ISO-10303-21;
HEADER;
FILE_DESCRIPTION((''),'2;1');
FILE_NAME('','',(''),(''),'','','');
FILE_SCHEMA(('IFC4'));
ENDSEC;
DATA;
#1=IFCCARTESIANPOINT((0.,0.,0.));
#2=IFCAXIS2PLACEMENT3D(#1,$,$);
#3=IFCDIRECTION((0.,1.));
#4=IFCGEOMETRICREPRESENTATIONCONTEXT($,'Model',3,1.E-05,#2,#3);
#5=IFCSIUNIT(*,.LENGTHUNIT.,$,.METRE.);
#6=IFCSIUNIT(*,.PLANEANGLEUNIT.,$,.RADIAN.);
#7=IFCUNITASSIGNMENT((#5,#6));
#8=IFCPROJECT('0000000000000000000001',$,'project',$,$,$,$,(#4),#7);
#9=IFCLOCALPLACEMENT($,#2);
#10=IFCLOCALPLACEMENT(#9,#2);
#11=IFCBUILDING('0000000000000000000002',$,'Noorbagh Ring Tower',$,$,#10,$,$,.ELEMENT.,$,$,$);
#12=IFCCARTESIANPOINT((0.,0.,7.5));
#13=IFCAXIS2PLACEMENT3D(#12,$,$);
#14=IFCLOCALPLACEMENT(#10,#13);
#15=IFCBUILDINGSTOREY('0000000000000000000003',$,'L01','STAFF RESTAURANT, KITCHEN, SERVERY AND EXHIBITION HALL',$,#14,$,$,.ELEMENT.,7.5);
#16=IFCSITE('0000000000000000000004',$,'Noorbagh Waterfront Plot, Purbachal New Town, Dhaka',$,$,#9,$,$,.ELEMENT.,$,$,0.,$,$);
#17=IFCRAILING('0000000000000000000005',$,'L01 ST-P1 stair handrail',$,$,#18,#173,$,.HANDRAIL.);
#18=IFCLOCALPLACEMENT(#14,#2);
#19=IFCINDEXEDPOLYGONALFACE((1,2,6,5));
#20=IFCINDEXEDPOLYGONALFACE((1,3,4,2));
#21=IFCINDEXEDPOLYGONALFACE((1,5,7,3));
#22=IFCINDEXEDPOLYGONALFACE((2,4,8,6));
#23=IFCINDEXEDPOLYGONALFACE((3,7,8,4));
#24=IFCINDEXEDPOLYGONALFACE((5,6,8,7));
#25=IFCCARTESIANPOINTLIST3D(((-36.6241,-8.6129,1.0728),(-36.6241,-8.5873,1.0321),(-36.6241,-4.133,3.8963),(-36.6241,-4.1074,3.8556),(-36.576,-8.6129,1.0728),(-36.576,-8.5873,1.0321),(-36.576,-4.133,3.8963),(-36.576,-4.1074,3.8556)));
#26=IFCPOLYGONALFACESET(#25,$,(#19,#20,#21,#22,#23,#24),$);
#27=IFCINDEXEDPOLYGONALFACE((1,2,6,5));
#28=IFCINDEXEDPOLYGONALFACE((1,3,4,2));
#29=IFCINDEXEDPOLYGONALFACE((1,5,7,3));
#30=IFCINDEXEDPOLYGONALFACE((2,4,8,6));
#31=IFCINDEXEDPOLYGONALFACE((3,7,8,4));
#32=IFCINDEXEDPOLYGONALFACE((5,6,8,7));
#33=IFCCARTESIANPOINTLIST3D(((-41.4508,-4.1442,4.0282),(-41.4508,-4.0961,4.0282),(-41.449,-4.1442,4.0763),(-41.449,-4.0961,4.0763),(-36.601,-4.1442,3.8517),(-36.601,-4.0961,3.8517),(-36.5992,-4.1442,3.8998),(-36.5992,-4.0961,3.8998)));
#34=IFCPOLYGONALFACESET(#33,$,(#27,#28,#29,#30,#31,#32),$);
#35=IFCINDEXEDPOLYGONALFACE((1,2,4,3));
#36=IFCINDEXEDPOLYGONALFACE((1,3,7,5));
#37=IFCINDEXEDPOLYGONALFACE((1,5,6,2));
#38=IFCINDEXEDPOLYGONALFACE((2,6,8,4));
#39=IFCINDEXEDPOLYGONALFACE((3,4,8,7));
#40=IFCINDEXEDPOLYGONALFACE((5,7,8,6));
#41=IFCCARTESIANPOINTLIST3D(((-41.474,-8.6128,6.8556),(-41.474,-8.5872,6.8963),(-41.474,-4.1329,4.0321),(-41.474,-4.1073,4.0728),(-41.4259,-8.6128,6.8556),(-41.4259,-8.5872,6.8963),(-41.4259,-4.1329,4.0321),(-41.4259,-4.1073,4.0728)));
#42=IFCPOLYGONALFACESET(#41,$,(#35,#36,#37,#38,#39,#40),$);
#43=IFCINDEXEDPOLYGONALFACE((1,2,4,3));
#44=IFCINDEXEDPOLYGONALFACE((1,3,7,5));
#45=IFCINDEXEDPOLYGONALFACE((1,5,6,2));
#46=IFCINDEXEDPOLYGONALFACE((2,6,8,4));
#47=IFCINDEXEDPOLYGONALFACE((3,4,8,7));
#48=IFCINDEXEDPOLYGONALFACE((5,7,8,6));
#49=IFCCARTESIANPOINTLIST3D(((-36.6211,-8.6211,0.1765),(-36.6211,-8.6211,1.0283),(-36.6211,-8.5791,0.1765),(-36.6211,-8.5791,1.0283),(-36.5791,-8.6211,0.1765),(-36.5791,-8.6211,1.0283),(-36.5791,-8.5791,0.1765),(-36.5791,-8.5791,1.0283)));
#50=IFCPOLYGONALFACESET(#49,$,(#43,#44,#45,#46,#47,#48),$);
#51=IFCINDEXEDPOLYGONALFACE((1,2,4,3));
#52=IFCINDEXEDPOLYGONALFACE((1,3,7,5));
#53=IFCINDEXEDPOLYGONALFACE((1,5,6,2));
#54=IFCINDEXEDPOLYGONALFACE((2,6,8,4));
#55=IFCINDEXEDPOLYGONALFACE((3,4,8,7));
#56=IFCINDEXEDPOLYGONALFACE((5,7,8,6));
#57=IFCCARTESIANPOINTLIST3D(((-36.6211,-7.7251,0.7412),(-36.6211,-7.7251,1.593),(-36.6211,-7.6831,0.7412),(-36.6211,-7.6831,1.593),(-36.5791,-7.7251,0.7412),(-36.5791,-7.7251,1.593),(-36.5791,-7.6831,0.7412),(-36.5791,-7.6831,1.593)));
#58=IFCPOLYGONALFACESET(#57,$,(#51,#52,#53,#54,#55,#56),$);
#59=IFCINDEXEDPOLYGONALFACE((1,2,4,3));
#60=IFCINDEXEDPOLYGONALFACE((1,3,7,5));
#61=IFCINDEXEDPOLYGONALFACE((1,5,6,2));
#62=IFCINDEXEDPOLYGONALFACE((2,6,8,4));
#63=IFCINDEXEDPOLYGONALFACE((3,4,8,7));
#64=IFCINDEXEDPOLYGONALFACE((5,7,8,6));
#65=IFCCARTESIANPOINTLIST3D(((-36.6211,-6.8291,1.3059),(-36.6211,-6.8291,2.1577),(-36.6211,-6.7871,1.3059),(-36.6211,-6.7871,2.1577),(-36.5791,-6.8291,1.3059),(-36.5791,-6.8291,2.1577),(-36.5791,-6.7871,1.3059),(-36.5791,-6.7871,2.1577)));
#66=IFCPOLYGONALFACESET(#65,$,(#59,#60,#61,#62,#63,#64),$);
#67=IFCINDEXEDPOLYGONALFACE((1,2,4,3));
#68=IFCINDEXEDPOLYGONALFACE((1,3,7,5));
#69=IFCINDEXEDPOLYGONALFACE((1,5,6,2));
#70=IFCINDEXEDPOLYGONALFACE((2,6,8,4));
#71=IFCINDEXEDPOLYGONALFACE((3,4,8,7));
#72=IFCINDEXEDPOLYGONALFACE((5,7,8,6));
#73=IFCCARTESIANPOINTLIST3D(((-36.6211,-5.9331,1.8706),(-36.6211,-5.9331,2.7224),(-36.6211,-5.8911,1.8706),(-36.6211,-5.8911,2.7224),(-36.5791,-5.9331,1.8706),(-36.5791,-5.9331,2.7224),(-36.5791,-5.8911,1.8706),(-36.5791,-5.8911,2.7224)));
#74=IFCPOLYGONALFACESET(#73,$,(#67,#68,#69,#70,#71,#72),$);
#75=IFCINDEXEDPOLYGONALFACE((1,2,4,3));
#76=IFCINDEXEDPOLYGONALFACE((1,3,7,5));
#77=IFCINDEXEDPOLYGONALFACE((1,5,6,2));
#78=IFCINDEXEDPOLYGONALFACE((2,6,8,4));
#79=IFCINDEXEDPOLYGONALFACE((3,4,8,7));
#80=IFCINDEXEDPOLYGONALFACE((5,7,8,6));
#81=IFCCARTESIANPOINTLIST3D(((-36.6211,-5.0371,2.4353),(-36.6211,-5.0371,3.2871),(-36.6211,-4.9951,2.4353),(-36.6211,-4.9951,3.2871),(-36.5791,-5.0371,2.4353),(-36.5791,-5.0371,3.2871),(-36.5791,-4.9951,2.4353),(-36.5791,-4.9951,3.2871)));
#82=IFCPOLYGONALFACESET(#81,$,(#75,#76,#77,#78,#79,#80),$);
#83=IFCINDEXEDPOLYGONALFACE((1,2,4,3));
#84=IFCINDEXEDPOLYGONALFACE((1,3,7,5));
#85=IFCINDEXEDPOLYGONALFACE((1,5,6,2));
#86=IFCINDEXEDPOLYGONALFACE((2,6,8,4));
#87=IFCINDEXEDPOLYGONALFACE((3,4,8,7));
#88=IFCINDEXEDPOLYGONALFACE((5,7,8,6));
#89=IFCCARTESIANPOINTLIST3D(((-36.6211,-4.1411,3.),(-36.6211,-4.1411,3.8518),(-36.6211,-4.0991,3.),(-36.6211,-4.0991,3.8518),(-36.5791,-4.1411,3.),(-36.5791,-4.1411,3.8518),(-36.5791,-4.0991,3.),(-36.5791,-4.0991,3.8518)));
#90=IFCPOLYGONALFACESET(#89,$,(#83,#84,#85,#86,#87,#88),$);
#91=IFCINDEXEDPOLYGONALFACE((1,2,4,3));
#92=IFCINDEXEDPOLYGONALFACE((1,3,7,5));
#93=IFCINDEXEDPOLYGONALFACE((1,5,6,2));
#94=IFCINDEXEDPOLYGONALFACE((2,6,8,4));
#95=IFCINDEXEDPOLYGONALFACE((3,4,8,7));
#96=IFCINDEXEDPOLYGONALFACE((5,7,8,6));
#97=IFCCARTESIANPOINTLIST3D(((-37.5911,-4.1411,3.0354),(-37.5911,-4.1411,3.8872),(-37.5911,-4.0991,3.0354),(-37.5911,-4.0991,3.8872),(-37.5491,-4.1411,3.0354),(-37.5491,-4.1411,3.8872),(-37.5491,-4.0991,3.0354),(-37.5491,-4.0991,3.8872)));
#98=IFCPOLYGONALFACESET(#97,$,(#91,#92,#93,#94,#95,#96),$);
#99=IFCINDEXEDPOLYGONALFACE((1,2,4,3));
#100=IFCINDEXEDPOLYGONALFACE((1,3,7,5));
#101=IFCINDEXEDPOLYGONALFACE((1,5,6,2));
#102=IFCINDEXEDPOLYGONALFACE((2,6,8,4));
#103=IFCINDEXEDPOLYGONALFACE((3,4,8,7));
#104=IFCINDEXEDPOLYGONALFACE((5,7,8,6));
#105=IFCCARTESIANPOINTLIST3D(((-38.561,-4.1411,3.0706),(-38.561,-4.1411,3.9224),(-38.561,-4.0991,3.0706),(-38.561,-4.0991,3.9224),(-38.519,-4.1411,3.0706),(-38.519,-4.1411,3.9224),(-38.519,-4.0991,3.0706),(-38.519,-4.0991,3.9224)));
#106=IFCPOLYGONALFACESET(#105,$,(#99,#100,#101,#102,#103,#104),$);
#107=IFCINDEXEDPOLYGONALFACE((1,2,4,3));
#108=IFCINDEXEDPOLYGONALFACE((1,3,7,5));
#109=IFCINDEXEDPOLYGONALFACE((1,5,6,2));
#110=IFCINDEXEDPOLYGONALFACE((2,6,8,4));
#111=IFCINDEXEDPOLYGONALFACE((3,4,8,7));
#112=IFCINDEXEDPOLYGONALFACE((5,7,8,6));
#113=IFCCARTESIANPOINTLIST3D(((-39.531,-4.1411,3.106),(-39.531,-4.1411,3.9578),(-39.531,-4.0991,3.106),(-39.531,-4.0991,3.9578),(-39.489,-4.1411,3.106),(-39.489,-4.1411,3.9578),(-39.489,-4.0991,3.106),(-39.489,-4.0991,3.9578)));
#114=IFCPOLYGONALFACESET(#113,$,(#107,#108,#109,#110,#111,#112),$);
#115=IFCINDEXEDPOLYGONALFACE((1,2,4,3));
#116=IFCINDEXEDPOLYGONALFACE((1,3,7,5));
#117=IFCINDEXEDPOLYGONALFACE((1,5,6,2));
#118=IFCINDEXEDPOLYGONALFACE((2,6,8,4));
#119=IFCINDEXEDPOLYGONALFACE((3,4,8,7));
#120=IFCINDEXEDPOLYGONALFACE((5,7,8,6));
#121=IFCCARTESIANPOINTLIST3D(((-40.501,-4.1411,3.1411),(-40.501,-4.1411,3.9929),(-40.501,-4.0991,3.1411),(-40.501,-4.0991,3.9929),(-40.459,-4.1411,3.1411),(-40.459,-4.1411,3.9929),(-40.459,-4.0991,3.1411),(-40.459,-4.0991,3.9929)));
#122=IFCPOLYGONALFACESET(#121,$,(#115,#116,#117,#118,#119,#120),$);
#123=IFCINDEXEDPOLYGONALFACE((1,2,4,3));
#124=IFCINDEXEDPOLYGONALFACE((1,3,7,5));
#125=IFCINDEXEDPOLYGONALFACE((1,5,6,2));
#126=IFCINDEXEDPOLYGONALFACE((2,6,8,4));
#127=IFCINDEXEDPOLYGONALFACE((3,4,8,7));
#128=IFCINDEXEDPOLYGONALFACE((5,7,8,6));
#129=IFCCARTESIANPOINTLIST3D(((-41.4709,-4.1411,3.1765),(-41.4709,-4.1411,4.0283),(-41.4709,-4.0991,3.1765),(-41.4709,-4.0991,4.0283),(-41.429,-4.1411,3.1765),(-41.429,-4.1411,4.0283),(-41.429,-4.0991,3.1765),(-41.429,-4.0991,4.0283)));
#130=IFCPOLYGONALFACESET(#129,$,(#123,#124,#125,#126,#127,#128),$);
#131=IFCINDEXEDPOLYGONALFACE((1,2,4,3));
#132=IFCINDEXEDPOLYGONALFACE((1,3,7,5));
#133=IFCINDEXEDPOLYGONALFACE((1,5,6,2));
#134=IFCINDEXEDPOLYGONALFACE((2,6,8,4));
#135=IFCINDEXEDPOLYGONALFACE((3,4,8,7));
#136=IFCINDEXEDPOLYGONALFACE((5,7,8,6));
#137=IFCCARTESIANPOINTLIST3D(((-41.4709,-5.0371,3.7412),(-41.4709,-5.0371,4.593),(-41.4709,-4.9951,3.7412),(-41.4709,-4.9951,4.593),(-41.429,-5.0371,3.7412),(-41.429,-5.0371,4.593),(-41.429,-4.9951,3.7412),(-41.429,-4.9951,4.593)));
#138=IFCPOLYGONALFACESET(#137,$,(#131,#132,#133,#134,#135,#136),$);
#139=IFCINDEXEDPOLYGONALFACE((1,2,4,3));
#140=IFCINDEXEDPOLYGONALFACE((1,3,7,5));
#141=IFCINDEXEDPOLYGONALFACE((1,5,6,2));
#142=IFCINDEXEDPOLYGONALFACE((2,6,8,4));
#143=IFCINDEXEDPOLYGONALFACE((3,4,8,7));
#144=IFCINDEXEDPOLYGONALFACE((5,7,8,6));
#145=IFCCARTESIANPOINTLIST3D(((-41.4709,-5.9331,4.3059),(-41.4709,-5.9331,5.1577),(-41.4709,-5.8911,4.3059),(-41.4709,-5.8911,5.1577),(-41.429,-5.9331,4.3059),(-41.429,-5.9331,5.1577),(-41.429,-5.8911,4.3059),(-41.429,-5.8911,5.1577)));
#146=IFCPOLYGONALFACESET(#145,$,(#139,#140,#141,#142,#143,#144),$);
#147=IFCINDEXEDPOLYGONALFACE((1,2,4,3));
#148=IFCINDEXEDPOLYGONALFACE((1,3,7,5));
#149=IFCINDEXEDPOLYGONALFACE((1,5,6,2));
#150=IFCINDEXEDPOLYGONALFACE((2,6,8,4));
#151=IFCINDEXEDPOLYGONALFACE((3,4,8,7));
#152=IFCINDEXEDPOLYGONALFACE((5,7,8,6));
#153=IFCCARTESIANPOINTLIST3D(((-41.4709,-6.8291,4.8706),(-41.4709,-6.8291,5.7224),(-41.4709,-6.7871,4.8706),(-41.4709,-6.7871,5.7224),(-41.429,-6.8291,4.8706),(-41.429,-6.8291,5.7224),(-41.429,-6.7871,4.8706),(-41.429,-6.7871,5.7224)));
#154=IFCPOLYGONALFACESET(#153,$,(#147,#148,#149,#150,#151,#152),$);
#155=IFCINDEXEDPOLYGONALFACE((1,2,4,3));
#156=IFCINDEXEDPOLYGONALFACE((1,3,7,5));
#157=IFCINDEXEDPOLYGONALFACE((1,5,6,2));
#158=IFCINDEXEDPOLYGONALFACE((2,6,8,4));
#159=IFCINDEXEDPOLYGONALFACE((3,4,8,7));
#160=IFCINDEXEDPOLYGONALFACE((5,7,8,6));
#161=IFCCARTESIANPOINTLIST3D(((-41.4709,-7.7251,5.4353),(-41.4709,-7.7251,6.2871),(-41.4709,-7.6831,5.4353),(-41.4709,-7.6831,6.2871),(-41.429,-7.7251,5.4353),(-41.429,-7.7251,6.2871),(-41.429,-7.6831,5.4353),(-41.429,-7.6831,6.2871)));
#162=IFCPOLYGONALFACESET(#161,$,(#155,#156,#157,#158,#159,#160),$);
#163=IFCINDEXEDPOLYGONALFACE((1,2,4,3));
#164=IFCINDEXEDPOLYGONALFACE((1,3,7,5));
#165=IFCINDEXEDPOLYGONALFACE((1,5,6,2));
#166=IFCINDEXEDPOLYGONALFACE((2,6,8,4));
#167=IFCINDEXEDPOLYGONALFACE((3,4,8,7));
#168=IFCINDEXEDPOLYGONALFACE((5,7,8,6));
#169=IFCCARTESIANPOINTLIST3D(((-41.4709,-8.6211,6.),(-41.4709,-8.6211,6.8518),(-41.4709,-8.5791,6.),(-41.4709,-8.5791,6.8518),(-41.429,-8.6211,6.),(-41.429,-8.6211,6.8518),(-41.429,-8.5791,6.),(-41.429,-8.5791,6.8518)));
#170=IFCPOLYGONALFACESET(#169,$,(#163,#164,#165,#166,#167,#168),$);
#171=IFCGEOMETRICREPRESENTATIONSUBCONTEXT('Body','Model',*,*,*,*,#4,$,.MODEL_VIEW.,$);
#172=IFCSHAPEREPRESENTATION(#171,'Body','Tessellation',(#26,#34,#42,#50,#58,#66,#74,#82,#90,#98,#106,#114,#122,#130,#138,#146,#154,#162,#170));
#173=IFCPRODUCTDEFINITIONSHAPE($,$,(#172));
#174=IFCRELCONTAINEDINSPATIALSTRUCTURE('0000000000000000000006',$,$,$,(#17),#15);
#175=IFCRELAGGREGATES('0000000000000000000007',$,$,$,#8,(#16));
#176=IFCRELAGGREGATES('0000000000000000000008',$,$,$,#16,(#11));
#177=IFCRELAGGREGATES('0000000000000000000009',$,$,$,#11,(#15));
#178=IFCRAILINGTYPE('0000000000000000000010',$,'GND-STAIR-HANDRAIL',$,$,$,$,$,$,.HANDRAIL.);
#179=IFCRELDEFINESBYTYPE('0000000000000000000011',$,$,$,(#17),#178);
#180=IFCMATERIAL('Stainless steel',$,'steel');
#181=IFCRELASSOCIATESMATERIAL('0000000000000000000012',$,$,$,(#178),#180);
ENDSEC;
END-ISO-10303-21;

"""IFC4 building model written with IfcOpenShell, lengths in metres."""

from ifc_helpers import new_model, si_unit, direction, frame, origin, origin_2d, place, context, subcontext, project, spatial, rectangle, extrude, material, type_object, element, save


model = new_model("IFC4")

# Units and contexts
model_context = context("Model", 3, precision=1e-05, world=origin(), true_north=direction((0.0, 1.0)))
body_context = subcontext(model_context, "Body", "Model", "MODEL_VIEW")
ifc_project = project(units=[si_unit("LENGTHUNIT", "METRE"), si_unit("PLANEANGLEUNIT", "RADIAN")], contexts=[model_context])

# Site, building, storey
site_placement = place(None, origin())
site = spatial("IfcSite", under=ifc_project, at=site_placement, Name="Noorbagh Waterfront Plot, Purbachal New Town, Dhaka", CompositionType="ELEMENT", RefElevation=0.0)
building_placement = place(site_placement, origin())
building = spatial("IfcBuilding", under=site, at=building_placement, Name="Noorbagh Ring Tower", CompositionType="ELEMENT")
storey_placement = place(building_placement, frame((0.0, 0.0, 7.5)))
storey = spatial("IfcBuildingStorey", under=building, at=storey_placement, Name="L01", Description="STAFF RESTAURANT, KITCHEN, SERVERY AND EXHIBITION HALL", CompositionType="ELEMENT", Elevation=7.5)

# Railing
ifc_material_1 = material(Name="Stainless steel", Category="steel")
railing_type_1 = type_object("IfcRailingType", Name="GND-STAIR-HANDRAIL", PredefinedType="HANDRAIL", material=ifc_material_1)
railing_1_placement = place(storey_placement, frame((-36.6001, -8.6001, 0.1765)))
element("IfcRailing", 1, at=railing_1_placement, inside=storey, type_object=railing_type_1, Name="L01 ST-P1 stair handrail", PredefinedType="HANDRAIL", context=body_context, shape_type="SweptSolid", body=[
    extrude(rectangle(XDim=0.0481, YDim=0.0481, at=origin_2d()), frame((0.0, 0.0, 0.876), z_axis=(0.0, 0.845998, 0.533186), x_axis=(-1.0, 0.0, 0.0)), (0.0, 0.0, 1.0), 5.2954),
    extrude(rectangle(XDim=0.0481, YDim=0.0481, at=origin_2d()), frame((0.0, 4.48, 3.6992), z_axis=(-0.999338, 0.0, 0.036372), x_axis=(0.0, -1.0, 0.0)), (0.0, 0.0, 1.0), 4.853),
    extrude(rectangle(XDim=0.0481, YDim=0.0481, at=origin_2d()), frame((-4.8499, 4.48, 3.876), z_axis=(0.0, -0.845998, 0.533186), x_axis=(1.0, 0.0, 0.0)), (0.0, 0.0, 1.0), 5.2954),
    extrude(rectangle(XDim=0.042, YDim=0.042, at=origin_2d()), origin(), (0.0, 0.0, 1.0), 0.8518),
    extrude(rectangle(XDim=0.042, YDim=0.042, at=origin_2d()), frame((0.0, 0.896, 0.5647)), (0.0, 0.0, 1.0), 0.8518),
    extrude(rectangle(XDim=0.042, YDim=0.042, at=origin_2d()), frame((0.0, 1.792, 1.1294)), (0.0, 0.0, 1.0), 0.8518),
    extrude(rectangle(XDim=0.042, YDim=0.042, at=origin_2d()), frame((0.0, 2.688, 1.6941)), (0.0, 0.0, 1.0), 0.8518),
    extrude(rectangle(XDim=0.042, YDim=0.042, at=origin_2d()), frame((0.0, 3.584, 2.2588)), (0.0, 0.0, 1.0), 0.8518),
    extrude(rectangle(XDim=0.042, YDim=0.042, at=origin_2d()), frame((0.0, 4.48, 2.8235)), (0.0, 0.0, 1.0), 0.8518),
    extrude(rectangle(XDim=0.042, YDim=0.042, at=origin_2d()), frame((-0.97, 4.48, 2.8589)), (0.0, 0.0, 1.0), 0.8518),
    extrude(rectangle(XDim=0.042, YDim=0.042, at=origin_2d()), frame((-1.9399, 4.48, 2.894)), (0.0, 0.0, 1.0), 0.8518),
    extrude(rectangle(XDim=0.042, YDim=0.042, at=origin_2d()), frame((-2.9099, 4.48, 2.9294)), (0.0, 0.0, 1.0), 0.8518),
    extrude(rectangle(XDim=0.042, YDim=0.042, at=origin_2d()), frame((-3.8799, 4.48, 2.9646)), (0.0, 0.0, 1.0), 0.8518),
    extrude(rectangle(XDim=0.042, YDim=0.042, at=origin_2d()), frame((-4.8499, 4.48, 3.0)), (0.0, 0.0, 1.0), 0.8518),
    extrude(rectangle(XDim=0.042, YDim=0.042, at=origin_2d()), frame((-4.8499, 3.584, 3.5647)), (0.0, 0.0, 1.0), 0.8518),
    extrude(rectangle(XDim=0.042, YDim=0.042, at=origin_2d()), frame((-4.8499, 2.688, 4.1294)), (0.0, 0.0, 1.0), 0.8518),
    extrude(rectangle(XDim=0.042, YDim=0.042, at=origin_2d()), frame((-4.8499, 1.792, 4.6941)), (0.0, 0.0, 1.0), 0.8518),
    extrude(rectangle(XDim=0.042, YDim=0.042, at=origin_2d()), frame((-4.8499, 0.896, 5.2588)), (0.0, 0.0, 1.0), 0.8518),
    extrude(rectangle(XDim=0.042, YDim=0.042, at=origin_2d()), frame((-4.8499, 0.0, 5.8235)), (0.0, 0.0, 1.0), 0.8518),
])

save(model, "model.ifc")
